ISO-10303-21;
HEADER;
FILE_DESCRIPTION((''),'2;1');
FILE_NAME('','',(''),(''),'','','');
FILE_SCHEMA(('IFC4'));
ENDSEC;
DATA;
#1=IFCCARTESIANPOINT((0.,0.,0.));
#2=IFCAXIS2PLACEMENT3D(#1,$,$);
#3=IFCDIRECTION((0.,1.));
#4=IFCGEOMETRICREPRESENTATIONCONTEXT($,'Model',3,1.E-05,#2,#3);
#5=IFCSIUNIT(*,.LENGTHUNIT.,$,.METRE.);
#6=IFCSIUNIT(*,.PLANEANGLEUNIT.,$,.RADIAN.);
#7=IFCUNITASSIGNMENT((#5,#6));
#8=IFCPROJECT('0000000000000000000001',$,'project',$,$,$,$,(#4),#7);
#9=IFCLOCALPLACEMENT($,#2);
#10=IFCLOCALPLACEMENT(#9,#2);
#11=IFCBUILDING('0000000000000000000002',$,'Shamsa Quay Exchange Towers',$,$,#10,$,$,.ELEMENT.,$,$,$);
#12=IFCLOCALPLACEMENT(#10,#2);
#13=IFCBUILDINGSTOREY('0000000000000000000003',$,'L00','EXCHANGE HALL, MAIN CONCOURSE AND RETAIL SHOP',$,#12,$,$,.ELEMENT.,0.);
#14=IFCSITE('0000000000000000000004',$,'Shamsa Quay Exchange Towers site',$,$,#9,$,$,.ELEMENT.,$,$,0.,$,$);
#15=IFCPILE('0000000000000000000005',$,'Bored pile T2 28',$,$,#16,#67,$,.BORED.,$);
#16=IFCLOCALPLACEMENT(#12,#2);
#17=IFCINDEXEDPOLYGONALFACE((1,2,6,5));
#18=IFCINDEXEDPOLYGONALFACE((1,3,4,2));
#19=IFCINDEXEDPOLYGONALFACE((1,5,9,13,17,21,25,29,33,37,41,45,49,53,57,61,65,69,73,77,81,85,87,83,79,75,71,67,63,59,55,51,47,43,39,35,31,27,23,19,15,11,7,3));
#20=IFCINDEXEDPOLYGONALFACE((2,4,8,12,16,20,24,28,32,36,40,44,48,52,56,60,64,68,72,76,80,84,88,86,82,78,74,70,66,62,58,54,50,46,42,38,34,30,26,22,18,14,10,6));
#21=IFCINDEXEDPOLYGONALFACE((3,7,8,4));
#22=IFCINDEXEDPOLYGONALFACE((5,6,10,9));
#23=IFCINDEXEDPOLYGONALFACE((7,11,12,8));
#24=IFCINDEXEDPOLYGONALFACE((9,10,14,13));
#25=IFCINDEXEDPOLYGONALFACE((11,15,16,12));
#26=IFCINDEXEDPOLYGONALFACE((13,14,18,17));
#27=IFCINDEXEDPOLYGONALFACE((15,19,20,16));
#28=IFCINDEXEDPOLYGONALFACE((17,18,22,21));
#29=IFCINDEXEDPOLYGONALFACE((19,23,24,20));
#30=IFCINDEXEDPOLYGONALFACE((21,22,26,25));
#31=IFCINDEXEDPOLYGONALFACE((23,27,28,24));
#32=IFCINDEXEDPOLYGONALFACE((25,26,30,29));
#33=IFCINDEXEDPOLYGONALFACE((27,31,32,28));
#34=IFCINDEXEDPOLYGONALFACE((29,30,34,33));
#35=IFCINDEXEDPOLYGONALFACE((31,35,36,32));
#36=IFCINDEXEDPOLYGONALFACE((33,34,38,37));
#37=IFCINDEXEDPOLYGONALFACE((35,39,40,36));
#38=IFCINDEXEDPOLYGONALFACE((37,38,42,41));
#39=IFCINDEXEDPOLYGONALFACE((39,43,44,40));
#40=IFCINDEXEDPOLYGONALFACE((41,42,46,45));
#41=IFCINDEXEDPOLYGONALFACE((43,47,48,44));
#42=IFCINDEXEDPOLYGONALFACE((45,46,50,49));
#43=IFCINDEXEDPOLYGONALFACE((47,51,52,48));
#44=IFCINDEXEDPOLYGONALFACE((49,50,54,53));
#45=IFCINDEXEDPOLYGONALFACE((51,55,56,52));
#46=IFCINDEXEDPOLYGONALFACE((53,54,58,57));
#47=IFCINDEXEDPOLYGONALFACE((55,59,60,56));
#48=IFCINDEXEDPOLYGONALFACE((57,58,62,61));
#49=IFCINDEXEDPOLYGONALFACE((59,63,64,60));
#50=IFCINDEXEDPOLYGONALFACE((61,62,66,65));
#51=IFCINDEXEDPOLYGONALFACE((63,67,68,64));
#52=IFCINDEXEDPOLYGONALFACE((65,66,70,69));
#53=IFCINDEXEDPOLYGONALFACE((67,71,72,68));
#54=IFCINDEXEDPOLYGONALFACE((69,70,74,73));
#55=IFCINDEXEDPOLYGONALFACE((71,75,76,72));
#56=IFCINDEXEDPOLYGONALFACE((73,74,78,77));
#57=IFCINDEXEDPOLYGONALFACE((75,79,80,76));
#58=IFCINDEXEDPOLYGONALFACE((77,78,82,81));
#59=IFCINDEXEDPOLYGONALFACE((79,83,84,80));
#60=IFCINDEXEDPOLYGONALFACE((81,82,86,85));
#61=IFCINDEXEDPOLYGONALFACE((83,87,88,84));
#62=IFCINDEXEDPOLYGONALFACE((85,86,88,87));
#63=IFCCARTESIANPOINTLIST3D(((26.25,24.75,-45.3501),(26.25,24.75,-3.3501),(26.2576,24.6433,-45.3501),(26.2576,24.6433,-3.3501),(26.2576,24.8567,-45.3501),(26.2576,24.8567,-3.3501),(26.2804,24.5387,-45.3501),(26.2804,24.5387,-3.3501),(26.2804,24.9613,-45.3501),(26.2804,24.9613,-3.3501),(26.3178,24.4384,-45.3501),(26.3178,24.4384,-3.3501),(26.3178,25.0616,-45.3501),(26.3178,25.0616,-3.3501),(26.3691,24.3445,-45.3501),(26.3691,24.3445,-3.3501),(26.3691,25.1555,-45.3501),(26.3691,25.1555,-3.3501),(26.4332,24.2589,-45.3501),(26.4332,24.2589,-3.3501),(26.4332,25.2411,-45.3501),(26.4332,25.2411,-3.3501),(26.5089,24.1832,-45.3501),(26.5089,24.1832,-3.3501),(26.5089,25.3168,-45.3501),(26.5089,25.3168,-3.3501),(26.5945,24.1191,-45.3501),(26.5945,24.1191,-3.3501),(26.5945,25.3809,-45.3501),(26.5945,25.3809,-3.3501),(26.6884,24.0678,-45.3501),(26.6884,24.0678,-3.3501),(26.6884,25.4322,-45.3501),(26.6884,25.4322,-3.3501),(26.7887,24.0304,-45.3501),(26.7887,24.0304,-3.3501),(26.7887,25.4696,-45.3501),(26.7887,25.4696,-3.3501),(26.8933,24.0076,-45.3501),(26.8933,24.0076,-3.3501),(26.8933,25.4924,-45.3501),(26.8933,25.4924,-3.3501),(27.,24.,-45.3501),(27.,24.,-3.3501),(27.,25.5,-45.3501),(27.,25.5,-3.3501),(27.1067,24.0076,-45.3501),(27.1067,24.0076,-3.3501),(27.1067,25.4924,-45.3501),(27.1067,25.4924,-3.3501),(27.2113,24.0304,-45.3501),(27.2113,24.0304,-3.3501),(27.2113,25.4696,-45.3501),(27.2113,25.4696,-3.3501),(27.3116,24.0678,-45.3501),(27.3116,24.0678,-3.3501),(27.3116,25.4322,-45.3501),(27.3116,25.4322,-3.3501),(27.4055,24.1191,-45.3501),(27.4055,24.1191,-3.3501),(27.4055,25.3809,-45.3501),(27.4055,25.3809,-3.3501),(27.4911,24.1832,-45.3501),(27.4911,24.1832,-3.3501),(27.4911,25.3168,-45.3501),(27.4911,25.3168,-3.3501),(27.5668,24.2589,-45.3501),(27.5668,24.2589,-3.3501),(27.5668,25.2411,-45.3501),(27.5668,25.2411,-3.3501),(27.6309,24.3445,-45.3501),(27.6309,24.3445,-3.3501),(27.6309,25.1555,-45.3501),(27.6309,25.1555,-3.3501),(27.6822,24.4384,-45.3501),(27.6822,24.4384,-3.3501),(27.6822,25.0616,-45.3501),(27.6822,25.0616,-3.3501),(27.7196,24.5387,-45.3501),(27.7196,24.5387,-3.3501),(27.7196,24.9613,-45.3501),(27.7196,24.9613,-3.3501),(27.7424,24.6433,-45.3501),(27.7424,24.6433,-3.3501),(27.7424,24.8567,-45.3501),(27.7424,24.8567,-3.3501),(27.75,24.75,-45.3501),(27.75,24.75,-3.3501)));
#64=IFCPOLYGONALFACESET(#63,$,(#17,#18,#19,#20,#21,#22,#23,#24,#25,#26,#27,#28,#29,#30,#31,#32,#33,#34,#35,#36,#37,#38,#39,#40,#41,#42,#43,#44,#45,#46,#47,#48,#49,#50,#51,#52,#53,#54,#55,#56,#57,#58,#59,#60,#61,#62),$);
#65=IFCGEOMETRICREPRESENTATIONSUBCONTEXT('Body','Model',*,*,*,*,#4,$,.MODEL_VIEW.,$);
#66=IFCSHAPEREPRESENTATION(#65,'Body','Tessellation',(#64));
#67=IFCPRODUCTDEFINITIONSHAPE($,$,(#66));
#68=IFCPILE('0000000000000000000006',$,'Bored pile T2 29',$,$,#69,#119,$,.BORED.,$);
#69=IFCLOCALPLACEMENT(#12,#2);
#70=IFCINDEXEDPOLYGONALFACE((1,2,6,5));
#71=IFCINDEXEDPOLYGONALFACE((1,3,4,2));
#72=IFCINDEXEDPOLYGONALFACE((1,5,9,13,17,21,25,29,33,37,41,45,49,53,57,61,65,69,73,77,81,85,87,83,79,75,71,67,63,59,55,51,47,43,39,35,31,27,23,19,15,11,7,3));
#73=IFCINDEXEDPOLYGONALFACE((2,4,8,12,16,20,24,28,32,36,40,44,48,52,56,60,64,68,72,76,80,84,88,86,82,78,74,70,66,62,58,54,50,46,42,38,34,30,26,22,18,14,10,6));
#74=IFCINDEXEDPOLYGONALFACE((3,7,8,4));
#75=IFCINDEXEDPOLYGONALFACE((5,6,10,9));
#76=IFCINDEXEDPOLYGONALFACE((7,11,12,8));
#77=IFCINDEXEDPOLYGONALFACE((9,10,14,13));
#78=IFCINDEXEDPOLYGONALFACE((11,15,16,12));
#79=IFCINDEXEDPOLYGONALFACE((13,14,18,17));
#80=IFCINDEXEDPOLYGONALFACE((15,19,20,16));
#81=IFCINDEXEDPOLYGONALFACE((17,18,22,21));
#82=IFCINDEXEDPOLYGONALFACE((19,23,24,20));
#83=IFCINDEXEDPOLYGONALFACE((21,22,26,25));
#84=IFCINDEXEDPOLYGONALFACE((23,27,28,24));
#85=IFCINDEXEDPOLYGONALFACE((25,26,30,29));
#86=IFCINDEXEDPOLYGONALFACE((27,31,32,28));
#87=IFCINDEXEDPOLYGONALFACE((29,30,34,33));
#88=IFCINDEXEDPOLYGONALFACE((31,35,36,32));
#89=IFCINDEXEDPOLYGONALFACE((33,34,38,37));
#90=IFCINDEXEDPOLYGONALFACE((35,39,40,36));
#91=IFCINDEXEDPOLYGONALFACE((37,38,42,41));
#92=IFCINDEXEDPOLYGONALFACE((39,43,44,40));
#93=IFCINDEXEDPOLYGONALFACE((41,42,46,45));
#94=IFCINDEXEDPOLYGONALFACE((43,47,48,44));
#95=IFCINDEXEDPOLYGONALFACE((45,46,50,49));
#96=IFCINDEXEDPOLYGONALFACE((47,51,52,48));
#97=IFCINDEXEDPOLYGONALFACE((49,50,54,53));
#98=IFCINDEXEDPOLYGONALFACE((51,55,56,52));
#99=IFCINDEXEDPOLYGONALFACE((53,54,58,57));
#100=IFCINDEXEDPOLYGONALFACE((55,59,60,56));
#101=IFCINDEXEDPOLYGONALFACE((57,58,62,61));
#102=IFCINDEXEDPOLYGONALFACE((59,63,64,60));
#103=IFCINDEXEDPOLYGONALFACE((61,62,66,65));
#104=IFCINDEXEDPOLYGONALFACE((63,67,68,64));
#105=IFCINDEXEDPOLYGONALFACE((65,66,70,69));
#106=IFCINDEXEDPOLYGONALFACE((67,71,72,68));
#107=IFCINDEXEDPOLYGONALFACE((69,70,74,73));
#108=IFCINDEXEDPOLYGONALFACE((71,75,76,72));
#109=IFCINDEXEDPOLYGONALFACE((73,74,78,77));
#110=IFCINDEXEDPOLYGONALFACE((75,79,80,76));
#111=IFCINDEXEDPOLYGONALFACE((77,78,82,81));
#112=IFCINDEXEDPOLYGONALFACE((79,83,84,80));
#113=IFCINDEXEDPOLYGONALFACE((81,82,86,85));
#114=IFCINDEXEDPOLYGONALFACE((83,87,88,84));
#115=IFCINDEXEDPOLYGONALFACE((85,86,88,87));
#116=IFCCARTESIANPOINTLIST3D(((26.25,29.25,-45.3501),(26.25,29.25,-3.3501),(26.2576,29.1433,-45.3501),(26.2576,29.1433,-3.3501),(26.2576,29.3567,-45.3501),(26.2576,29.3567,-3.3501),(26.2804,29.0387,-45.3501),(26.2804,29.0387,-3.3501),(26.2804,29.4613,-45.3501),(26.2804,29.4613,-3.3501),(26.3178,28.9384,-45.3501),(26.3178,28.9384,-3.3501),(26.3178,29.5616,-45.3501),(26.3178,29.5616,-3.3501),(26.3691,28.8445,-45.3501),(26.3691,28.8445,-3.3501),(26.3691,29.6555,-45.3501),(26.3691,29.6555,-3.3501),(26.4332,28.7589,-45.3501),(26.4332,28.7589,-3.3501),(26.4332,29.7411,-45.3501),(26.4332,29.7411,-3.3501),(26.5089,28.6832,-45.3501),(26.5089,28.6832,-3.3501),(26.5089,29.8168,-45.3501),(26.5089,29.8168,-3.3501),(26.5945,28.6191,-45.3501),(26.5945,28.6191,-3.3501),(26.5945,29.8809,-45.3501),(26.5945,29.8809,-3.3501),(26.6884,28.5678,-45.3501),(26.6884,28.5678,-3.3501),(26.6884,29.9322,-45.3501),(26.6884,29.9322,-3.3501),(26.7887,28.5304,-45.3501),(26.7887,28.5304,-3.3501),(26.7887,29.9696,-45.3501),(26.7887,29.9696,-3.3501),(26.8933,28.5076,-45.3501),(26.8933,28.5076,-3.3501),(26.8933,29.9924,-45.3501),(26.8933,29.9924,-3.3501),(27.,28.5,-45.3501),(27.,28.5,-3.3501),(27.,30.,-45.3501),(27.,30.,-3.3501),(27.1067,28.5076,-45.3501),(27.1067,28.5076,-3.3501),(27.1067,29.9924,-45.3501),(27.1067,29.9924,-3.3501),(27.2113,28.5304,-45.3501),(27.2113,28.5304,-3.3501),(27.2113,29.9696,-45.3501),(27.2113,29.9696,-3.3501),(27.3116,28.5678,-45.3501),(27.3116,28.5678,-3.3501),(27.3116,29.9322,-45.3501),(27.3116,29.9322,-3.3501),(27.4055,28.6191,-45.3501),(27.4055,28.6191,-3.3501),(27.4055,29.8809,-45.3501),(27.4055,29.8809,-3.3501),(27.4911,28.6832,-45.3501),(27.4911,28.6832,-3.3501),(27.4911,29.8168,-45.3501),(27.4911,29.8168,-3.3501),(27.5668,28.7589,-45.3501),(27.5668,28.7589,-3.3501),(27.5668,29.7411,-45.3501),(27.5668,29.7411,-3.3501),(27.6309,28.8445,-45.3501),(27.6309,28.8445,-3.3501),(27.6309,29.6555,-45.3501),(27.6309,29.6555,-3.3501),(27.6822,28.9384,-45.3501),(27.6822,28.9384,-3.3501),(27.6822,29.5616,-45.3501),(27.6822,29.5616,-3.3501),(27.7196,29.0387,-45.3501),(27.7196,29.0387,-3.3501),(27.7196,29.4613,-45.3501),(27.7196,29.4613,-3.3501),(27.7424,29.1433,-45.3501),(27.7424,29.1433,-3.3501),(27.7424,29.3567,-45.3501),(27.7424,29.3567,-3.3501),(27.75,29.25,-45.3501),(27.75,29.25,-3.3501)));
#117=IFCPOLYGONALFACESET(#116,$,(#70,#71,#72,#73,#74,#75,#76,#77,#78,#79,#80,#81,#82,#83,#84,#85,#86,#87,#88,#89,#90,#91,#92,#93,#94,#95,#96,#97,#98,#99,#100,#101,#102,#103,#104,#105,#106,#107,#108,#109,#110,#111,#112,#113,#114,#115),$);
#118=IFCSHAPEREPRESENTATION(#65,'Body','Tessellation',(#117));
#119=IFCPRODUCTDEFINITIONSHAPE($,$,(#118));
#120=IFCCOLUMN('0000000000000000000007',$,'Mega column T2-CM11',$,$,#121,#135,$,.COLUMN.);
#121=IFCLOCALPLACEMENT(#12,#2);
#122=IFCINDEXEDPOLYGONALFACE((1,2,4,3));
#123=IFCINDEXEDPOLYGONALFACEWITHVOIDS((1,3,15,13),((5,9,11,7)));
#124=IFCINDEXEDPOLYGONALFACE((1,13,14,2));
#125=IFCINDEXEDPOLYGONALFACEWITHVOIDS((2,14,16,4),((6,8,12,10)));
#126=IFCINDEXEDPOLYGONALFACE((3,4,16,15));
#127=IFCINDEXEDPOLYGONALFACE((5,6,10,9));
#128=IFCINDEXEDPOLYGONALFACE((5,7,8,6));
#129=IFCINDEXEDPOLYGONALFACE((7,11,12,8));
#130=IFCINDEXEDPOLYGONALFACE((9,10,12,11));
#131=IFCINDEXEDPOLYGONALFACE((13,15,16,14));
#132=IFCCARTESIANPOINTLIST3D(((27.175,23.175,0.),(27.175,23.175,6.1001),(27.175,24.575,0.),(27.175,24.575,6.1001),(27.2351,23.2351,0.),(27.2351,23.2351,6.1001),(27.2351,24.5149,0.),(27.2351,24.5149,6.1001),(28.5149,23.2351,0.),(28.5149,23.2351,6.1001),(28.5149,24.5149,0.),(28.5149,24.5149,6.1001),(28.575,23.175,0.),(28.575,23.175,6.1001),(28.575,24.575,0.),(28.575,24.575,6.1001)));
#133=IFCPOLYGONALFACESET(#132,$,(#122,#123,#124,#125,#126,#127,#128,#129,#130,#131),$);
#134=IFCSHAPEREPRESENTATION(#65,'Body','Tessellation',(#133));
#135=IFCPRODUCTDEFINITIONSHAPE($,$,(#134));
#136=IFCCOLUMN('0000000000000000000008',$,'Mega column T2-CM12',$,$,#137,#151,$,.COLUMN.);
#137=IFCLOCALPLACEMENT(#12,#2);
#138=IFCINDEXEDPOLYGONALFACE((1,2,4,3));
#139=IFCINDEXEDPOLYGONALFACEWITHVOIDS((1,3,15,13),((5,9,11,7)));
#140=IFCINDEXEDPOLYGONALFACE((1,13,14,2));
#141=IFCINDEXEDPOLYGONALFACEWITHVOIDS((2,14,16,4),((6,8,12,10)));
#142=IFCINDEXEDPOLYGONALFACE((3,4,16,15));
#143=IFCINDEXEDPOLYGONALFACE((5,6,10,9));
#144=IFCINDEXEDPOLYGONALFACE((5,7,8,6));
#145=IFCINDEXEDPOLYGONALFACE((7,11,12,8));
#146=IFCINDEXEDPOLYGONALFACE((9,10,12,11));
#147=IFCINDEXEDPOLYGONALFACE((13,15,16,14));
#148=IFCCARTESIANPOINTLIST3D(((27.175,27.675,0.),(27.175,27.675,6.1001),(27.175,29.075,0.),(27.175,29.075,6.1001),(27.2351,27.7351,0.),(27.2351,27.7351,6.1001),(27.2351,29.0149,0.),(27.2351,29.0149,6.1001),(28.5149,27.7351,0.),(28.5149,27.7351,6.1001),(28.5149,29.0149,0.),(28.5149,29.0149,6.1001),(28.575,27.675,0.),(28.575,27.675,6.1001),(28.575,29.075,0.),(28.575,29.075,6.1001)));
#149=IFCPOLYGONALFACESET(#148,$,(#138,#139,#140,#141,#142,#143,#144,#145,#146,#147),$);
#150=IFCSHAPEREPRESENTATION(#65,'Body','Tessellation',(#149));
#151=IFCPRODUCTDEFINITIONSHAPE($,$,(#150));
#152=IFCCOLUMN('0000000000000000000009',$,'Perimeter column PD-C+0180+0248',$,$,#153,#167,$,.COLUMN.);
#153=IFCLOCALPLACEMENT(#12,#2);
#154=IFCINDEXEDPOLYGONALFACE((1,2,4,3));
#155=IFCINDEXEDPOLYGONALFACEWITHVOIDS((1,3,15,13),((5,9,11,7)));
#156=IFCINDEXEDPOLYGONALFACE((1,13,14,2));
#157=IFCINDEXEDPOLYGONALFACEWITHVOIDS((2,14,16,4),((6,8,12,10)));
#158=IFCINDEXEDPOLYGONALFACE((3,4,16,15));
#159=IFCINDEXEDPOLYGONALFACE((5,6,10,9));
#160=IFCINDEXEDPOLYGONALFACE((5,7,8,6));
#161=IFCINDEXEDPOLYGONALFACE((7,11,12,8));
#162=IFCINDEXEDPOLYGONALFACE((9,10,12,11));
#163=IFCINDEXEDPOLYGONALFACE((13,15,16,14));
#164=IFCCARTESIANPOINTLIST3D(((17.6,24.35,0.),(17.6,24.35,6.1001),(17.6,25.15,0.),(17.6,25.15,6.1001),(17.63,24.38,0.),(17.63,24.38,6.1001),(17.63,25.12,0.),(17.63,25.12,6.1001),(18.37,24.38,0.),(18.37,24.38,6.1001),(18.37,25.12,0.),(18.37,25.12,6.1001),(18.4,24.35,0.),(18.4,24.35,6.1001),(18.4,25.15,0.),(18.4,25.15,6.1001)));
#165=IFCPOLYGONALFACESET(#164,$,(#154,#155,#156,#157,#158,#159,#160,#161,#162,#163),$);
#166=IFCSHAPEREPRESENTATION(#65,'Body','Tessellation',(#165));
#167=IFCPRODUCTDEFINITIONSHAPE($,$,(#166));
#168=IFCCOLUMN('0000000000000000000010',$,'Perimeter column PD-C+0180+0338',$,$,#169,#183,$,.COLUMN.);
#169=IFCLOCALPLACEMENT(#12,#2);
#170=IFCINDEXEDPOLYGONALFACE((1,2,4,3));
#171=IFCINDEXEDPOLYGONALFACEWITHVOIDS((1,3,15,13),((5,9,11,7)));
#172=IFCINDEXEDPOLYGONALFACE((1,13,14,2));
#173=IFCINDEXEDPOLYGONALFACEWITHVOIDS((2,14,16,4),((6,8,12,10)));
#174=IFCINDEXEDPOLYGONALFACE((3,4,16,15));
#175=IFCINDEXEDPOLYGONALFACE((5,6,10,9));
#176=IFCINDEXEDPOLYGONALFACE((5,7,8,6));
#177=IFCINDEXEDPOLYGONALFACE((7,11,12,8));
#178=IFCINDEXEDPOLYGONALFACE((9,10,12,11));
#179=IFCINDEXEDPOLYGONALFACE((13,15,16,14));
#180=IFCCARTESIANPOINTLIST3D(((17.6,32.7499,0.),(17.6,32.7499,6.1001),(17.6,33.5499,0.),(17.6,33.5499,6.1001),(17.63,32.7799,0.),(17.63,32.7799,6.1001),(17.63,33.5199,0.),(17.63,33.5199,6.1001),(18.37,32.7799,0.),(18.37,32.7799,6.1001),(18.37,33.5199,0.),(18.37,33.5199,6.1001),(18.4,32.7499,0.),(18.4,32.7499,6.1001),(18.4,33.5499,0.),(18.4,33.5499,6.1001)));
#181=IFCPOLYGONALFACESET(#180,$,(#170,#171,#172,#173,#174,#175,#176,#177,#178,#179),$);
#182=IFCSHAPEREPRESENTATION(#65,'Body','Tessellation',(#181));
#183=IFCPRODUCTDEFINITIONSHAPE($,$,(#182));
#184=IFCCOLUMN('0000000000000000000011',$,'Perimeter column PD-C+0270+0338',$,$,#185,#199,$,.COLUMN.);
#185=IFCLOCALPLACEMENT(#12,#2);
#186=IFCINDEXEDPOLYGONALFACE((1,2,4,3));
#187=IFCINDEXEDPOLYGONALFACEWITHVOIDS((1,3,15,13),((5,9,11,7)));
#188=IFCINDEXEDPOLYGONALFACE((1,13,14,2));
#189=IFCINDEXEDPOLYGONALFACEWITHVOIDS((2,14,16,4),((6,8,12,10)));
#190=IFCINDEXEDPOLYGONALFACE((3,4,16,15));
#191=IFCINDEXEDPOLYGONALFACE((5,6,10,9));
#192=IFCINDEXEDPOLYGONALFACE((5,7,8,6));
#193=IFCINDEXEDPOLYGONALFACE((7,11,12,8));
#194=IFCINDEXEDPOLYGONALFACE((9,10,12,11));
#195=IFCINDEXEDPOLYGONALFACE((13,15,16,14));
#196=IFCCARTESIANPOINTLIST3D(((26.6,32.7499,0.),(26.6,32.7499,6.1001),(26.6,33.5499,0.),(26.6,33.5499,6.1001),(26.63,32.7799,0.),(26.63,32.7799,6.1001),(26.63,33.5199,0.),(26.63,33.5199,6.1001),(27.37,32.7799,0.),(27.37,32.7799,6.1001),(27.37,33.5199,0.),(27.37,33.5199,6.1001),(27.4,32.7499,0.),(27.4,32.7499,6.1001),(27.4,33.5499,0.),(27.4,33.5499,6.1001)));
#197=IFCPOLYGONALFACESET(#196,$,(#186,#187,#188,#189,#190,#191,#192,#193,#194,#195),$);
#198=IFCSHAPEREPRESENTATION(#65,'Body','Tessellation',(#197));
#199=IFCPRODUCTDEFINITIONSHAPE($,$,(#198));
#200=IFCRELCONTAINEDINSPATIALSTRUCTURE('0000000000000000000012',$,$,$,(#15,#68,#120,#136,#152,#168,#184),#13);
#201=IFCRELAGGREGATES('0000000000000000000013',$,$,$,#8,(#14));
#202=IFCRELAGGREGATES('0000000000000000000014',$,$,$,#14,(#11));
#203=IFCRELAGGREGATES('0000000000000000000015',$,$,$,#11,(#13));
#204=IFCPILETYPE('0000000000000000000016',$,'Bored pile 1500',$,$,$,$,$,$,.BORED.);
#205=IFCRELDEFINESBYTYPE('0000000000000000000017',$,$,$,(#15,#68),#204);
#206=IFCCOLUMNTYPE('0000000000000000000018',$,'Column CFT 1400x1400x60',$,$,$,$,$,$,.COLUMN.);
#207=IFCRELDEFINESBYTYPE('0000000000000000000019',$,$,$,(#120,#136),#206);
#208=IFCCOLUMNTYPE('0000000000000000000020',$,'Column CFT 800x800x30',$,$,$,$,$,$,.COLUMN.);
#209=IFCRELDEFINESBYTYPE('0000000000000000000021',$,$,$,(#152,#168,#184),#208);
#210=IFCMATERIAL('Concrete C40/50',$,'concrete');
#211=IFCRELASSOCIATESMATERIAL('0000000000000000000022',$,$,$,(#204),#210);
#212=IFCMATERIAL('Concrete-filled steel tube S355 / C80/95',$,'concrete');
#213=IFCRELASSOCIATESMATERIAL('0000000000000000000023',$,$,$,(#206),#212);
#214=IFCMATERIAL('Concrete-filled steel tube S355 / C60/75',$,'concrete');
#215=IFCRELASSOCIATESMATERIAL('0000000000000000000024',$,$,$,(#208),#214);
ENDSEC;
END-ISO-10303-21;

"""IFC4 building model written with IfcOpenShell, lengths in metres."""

from ifc_helpers import new_model, si_unit, direction, frame, origin, origin_2d, place, context, subcontext, project, spatial, hollow_rectangle, circle, extrude, material, material_profile, profile_set, type_object, element, save


model = new_model("IFC4")

# Units and contexts
model_context = context("Model", 3, precision=1e-05, world=origin(), true_north=direction((0.0, 1.0)))
body_context = subcontext(model_context, "Body", "Model", "MODEL_VIEW")
ifc_project = project(units=[si_unit("LENGTHUNIT", "METRE"), si_unit("PLANEANGLEUNIT", "RADIAN")], contexts=[model_context])

# Site, building, storey
site_placement = place(None, origin())
site = spatial("IfcSite", under=ifc_project, at=site_placement, Name="Shamsa Quay Exchange Towers site", CompositionType="ELEMENT", RefElevation=0.0)
building_placement = place(site_placement, origin())
building = spatial("IfcBuilding", under=site, at=building_placement, Name="Shamsa Quay Exchange Towers", CompositionType="ELEMENT")
storey_placement = place(building_placement, origin())
storey = spatial("IfcBuildingStorey", under=building, at=storey_placement, Name="L00", Description="EXCHANGE HALL, MAIN CONCOURSE AND RETAIL SHOP", CompositionType="ELEMENT", Elevation=0.0)

# Piles
ifc_material_1 = material(Name="Concrete C40/50", Category="concrete")
ifc_material_profile_1 = material_profile(ifc_material_1, circle(Radius=0.75, at=origin_2d()), Name="BP1500")
ifc_profile_set_1 = profile_set([ifc_material_profile_1], Name="Concrete C40/50")
pile_type_1 = type_object("IfcPileType", Name="Bored pile 1500", PredefinedType="BORED", material=ifc_profile_set_1)
for number, where, z_axis, x_axis, name in (
    (1, (27.0, 24.75, -3.3501), (0.0, 0.0, -1.0), (1.0, 0.0, 0.0), "Bored pile T2 28"),
    (2, (27.0, 29.25, -3.3501), (0.0, 0.0, -1.0), (1.0, 0.0, 0.0), "Bored pile T2 29"),
):
    element("IfcPile", number, at=place(storey_placement, frame(where, z_axis=z_axis, x_axis=x_axis)), inside=storey, type_object=pile_type_1, Name=name, PredefinedType="BORED", context=body_context, shape_type="SweptSolid", body=[
        extrude(circle(Radius=0.75, at=origin_2d()), origin(), (0.0, 0.0, 1.0), 42.0),
    ])

# Columns
ifc_material_2 = material(Name="Concrete-filled steel tube S355 / C80/95", Category="concrete")
ifc_material_profile_2 = material_profile(ifc_material_2, hollow_rectangle(XDim=1.3999, YDim=1.3999, WallThickness=0.0601, at=origin_2d()), Name="CFT 1400x1400x60")
ifc_profile_set_2 = profile_set([ifc_material_profile_2], Name="Concrete-filled steel tube S355 / C80/95")
column_type_1 = type_object("IfcColumnType", Name="Column CFT 1400x1400x60", PredefinedType="COLUMN", material=ifc_profile_set_2)
for number, where, name in (
    (3, (27.875, 23.875, 0.0), "Mega column T2-CM11"),
    (4, (27.875, 28.375, 0.0), "Mega column T2-CM12"),
):
    element("IfcColumn", number, at=place(storey_placement, frame(where)), inside=storey, type_object=column_type_1, Name=name, PredefinedType="COLUMN", context=body_context, shape_type="SweptSolid", body=[
        extrude(hollow_rectangle(XDim=1.3999, YDim=1.3999, WallThickness=0.0601, at=origin_2d()), origin(), (0.0, 0.0, 1.0), 6.1001),
    ])
ifc_material_3 = material(Name="Concrete-filled steel tube S355 / C60/75", Category="concrete")
ifc_material_profile_3 = material_profile(ifc_material_3, hollow_rectangle(XDim=0.8, YDim=0.8, WallThickness=0.03, at=origin_2d()), Name="CFT 800x800x30")
ifc_profile_set_3 = profile_set([ifc_material_profile_3], Name="Concrete-filled steel tube S355 / C60/75")
column_type_2 = type_object("IfcColumnType", Name="Column CFT 800x800x30", PredefinedType="COLUMN", material=ifc_profile_set_3)
for number, where, name in (
    (5, (18.0, 24.75, 0.0), "Perimeter column PD-C+0180+0248"),
    (6, (18.0, 33.1499, 0.0), "Perimeter column PD-C+0180+0338"),
    (7, (27.0, 33.1499, 0.0), "Perimeter column PD-C+0270+0338"),
):
    element("IfcColumn", number, at=place(storey_placement, frame(where)), inside=storey, type_object=column_type_2, Name=name, PredefinedType="COLUMN", context=body_context, shape_type="SweptSolid", body=[
        extrude(hollow_rectangle(XDim=0.8, YDim=0.8, WallThickness=0.03, at=origin_2d()), origin(), (0.0, 0.0, 1.0), 6.1001),
    ])

save(model, "model.ifc")
